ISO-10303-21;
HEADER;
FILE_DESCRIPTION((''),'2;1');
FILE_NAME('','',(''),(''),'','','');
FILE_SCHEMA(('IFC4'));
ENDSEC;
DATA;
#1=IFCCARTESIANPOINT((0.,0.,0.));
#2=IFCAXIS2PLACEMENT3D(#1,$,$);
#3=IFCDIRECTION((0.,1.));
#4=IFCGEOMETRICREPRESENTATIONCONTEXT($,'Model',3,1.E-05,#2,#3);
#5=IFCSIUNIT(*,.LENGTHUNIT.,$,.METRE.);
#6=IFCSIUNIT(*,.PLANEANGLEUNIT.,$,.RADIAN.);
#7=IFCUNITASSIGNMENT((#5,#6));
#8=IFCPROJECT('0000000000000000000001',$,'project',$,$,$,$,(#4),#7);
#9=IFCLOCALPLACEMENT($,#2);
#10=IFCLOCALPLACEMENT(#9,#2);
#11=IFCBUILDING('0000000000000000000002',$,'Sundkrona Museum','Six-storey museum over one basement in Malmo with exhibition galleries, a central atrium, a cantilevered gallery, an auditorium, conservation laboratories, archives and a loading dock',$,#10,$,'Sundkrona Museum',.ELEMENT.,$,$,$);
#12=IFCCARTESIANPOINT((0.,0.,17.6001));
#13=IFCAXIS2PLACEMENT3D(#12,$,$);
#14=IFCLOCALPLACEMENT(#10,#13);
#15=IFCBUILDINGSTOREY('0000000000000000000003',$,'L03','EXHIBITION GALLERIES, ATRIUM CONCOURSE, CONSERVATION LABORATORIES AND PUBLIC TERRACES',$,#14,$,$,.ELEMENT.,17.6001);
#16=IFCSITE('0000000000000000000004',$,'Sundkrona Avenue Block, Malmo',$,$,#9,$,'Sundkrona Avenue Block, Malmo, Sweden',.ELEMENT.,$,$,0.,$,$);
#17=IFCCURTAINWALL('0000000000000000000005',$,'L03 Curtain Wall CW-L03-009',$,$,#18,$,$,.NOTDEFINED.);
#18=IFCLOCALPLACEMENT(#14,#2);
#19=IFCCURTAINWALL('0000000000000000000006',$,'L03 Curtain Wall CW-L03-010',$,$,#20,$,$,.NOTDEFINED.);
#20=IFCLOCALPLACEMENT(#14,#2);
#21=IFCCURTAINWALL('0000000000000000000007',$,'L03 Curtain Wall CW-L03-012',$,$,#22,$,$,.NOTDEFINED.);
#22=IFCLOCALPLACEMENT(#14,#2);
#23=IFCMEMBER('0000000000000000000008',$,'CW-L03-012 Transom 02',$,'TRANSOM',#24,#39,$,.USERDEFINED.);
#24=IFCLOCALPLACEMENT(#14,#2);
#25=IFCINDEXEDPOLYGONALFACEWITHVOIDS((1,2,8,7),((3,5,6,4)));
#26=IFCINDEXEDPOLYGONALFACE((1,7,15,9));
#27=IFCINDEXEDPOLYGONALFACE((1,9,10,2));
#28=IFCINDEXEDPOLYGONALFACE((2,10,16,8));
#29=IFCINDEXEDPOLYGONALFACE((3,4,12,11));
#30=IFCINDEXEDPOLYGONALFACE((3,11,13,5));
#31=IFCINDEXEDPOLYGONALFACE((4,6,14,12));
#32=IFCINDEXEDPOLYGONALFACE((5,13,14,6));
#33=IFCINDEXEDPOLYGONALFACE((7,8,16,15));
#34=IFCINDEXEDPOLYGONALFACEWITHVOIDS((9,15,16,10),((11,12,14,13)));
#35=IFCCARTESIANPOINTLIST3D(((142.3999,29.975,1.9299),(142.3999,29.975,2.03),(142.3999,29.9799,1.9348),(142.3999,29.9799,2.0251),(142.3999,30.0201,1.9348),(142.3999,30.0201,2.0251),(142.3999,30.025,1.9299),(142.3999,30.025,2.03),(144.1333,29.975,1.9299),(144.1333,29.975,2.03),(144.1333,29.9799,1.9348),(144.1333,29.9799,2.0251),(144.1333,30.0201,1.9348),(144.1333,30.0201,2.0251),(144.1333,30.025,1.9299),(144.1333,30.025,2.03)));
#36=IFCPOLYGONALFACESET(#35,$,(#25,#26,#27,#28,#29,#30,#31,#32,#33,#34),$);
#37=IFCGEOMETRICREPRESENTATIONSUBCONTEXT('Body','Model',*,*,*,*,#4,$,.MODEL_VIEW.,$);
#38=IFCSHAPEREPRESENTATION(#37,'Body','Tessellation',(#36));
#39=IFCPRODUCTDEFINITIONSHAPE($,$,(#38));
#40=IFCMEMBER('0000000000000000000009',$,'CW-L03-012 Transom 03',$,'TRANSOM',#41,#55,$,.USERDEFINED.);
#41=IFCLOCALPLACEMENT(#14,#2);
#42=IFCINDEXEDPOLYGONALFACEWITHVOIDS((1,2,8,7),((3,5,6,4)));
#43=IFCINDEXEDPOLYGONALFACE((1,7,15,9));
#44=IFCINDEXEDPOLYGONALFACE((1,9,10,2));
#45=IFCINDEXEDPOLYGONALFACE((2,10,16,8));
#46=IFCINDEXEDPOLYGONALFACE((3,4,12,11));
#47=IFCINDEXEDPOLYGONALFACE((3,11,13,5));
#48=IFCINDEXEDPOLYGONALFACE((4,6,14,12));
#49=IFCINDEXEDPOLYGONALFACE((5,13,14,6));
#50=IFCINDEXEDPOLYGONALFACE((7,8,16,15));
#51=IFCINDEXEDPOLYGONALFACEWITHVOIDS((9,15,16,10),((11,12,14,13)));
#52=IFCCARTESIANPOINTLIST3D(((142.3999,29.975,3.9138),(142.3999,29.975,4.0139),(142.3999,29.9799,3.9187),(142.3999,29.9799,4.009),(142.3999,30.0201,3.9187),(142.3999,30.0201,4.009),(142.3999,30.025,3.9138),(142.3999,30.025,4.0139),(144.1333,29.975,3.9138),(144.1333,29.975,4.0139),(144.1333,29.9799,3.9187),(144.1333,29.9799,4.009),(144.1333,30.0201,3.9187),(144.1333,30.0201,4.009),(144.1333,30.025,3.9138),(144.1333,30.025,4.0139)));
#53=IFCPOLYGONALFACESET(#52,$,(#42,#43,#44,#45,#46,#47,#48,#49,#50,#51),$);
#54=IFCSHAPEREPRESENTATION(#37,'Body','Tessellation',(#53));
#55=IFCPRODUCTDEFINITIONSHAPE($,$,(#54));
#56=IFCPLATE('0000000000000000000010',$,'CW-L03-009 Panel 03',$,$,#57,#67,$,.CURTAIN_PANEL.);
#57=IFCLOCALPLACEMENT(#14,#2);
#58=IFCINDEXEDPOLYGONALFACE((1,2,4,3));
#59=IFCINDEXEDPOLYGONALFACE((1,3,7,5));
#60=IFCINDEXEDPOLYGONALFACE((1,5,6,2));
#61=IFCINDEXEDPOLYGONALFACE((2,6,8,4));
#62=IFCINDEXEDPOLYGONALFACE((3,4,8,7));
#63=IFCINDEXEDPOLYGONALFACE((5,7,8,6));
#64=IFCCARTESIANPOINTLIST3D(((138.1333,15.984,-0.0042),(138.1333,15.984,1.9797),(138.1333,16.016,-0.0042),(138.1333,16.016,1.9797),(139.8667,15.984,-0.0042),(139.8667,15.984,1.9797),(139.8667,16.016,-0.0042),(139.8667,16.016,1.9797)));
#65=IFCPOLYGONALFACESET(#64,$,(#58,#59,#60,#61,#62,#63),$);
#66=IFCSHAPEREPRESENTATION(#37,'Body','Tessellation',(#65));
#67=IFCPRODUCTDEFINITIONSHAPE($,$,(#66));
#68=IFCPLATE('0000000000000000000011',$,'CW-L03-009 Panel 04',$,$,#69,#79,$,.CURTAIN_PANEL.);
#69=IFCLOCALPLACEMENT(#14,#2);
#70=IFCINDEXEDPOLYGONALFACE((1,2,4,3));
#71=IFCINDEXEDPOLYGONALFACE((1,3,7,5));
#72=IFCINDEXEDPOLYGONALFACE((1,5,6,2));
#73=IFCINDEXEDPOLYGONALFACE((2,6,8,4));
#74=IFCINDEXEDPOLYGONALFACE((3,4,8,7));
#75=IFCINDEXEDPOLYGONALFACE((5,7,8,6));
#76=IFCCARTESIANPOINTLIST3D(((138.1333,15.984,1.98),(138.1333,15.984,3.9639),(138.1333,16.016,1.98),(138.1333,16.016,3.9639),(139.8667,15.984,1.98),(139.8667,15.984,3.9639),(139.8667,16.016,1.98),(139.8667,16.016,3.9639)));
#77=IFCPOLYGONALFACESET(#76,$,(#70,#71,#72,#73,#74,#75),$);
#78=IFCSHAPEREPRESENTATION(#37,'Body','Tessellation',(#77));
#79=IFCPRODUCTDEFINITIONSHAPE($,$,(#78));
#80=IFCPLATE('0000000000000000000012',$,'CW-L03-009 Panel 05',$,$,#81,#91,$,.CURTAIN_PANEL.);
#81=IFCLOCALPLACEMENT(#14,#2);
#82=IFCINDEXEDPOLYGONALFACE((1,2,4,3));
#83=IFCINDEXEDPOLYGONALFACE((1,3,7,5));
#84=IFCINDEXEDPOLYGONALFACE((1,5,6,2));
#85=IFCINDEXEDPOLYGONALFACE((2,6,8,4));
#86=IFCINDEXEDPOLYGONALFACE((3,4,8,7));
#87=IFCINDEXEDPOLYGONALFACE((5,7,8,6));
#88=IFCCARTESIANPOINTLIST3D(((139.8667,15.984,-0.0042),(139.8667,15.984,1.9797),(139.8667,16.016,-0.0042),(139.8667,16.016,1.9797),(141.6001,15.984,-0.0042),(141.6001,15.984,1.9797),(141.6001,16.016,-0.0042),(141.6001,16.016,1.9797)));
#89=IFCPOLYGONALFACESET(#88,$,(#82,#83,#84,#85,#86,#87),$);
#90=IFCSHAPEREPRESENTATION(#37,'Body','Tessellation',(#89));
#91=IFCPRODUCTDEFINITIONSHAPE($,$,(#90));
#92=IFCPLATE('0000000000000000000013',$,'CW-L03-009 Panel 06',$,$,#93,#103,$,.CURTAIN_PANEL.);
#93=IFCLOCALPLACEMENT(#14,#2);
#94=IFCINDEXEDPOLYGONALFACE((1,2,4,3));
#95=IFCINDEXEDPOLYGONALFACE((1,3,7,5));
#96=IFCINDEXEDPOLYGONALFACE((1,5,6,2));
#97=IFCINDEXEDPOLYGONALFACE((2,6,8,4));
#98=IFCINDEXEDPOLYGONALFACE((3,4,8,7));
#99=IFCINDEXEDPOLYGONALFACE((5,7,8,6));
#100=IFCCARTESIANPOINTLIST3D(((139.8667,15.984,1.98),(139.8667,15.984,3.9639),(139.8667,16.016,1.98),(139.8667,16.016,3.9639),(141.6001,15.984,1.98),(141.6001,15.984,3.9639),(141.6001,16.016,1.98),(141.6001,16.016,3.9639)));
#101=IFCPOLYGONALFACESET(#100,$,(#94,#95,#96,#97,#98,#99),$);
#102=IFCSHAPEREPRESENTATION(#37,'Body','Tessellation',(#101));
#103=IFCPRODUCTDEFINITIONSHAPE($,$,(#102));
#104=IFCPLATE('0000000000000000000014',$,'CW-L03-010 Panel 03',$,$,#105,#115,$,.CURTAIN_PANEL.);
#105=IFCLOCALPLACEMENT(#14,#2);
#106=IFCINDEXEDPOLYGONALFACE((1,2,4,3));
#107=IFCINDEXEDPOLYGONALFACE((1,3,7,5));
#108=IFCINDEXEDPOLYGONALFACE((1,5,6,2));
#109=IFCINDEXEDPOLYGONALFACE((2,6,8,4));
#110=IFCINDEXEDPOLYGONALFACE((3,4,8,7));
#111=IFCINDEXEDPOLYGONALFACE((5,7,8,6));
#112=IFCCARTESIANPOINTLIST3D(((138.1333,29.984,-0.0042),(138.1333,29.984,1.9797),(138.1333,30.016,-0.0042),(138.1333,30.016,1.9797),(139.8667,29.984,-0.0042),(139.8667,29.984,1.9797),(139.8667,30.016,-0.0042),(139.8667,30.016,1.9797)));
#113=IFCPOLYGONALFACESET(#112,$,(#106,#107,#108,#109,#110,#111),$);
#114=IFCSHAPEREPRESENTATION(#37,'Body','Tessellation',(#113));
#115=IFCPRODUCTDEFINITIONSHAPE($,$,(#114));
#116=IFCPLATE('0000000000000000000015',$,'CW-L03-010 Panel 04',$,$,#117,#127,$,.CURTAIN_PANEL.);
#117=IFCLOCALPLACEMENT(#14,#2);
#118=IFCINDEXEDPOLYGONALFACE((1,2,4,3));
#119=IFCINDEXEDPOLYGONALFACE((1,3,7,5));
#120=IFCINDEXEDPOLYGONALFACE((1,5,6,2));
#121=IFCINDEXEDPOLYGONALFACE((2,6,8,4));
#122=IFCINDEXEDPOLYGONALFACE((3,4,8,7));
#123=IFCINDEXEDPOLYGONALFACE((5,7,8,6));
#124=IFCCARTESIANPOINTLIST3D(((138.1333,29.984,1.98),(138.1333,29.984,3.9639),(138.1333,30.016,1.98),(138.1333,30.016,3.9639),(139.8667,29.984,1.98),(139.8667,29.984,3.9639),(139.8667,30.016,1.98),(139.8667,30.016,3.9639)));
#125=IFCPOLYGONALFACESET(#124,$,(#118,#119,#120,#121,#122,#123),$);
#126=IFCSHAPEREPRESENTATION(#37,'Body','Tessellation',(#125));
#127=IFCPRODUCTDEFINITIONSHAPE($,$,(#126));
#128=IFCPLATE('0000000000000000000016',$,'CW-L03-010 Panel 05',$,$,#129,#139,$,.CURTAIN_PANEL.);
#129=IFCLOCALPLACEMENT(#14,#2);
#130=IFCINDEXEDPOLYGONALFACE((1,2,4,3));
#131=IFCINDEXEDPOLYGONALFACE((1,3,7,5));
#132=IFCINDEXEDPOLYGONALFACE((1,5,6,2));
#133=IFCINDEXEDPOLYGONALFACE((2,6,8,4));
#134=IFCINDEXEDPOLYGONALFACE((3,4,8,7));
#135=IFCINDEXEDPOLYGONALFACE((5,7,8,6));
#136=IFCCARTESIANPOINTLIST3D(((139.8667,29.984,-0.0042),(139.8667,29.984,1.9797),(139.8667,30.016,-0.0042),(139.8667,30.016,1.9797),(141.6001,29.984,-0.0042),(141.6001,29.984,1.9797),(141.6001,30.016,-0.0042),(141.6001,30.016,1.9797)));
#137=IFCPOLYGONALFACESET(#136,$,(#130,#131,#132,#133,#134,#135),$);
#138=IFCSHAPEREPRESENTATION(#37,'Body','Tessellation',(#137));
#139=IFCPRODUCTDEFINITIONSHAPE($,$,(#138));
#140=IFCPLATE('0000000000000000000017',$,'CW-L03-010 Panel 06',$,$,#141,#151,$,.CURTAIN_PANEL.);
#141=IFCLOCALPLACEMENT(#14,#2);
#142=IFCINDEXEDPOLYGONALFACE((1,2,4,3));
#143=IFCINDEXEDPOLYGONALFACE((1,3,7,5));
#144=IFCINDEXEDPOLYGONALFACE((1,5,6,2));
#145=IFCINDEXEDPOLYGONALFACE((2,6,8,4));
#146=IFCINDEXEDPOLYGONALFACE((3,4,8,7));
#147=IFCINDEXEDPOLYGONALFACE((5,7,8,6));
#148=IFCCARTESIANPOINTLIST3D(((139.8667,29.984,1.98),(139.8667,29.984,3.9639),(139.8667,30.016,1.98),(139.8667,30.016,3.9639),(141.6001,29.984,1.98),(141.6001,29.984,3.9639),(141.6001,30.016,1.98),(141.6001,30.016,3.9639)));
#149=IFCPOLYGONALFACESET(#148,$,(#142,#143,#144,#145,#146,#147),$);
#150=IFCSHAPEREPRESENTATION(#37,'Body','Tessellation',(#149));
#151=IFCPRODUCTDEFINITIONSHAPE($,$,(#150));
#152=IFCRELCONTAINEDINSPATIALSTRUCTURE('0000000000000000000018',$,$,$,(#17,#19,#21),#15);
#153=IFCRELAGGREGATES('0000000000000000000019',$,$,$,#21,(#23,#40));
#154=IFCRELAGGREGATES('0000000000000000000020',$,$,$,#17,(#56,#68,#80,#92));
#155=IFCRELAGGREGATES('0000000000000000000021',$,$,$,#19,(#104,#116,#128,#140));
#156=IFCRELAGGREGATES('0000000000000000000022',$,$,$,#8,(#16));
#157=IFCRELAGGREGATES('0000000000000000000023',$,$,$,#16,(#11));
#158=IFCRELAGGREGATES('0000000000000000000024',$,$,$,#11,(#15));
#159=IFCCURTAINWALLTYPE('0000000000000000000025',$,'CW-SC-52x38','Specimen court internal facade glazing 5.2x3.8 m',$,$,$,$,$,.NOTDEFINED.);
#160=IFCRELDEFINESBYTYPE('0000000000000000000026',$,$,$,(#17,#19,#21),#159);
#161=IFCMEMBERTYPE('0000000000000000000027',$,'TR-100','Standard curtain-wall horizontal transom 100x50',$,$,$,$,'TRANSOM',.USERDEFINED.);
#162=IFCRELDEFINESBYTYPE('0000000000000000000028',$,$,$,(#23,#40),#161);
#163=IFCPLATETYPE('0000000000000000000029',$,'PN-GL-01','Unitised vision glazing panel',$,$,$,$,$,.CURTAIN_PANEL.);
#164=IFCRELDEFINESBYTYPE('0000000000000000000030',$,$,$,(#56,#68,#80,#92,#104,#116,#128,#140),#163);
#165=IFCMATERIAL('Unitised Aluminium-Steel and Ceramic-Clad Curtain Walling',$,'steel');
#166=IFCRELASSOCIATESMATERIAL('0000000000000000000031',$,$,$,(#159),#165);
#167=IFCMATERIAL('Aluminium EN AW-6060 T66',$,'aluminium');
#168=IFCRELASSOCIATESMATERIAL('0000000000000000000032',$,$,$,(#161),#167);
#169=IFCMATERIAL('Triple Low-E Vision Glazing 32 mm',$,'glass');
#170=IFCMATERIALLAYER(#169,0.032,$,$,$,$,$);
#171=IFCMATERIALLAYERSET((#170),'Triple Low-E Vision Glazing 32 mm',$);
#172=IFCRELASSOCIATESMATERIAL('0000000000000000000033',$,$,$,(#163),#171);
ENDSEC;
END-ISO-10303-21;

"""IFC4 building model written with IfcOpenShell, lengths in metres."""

from ifc_helpers import new_model, si_unit, direction, frame, origin, origin_2d, place, context, subcontext, project, spatial, rectangle, hollow_rectangle, extrude, material, layer, layer_set, material_profile, profile_set, type_object, element, aggregate, save


model = new_model("IFC4")

# Units and contexts
model_context = context("Model", 3, precision=1e-05, world=origin(), true_north=direction((0.0, 1.0)))
body_context = subcontext(model_context, "Body", "Model", "MODEL_VIEW")
ifc_project = project(units=[si_unit("LENGTHUNIT", "METRE"), si_unit("PLANEANGLEUNIT", "RADIAN")], contexts=[model_context])

# Site, building, storey
site_placement = place(None, origin())
site = spatial("IfcSite", under=ifc_project, at=site_placement, Name="Sundkrona Avenue Block, Malmo", LongName="Sundkrona Avenue Block, Malmo, Sweden", CompositionType="ELEMENT", RefElevation=0.0)
building_placement = place(site_placement, origin())
building = spatial("IfcBuilding", under=site, at=building_placement, Name="Sundkrona Museum", Description="Six-storey museum over one basement in Malmo with exhibition galleries, a central atrium, a cantilevered gallery, an auditorium, conservation laboratories, archives and a loading dock", LongName="Sundkrona Museum", CompositionType="ELEMENT")
storey_placement = place(building_placement, frame((0.0, 0.0, 17.6001)))
storey = spatial("IfcBuildingStorey", under=building, at=storey_placement, Name="L03", Description="EXHIBITION GALLERIES, ATRIUM CONCOURSE, CONSERVATION LABORATORIES AND PUBLIC TERRACES", CompositionType="ELEMENT", Elevation=17.6001)

# Curtain walls
ifc_material_1 = material(Name="Unitised Aluminium-Steel and Ceramic-Clad Curtain Walling", Category="steel")
curtain_wall_type = type_object("IfcCurtainWallType", Name="CW-SC-52x38", Description="Specimen court internal facade glazing 5.2x3.8 m", PredefinedType="NOTDEFINED", material=ifc_material_1)
curtain_wall_1_placement = place(storey_placement, origin())
curtain_wall_1 = element("IfcCurtainWall", 1, at=curtain_wall_1_placement, inside=storey, type_object=curtain_wall_type, Name="L03 Curtain Wall CW-L03-009", PredefinedType="NOTDEFINED")
ifc_material_2 = material(Name="Aluminium EN AW-6060 T66", Category="aluminium")
curtain_wall_2_placement = place(storey_placement, origin())
curtain_wall_2 = element("IfcCurtainWall", 2, at=curtain_wall_2_placement, inside=storey, type_object=curtain_wall_type, Name="L03 Curtain Wall CW-L03-010", PredefinedType="NOTDEFINED")

# Curtain wall
curtain_wall_3_placement = place(storey_placement, origin())
curtain_wall_3 = element("IfcCurtainWall", 3, at=curtain_wall_3_placement, inside=storey, type_object=curtain_wall_type, Name="L03 Curtain Wall CW-L03-012", PredefinedType="NOTDEFINED")

# Members
ifc_material_profile_1 = material_profile(ifc_material_2, hollow_rectangle(XDim=0.05, YDim=0.1001, WallThickness=0.0049, at=origin_2d()), Name="RHS 100x50x5.0")
ifc_profile_set_1 = profile_set([ifc_material_profile_1], Name="Aluminium EN AW-6060 T66")
member_type_1 = type_object("IfcMemberType", Name="TR-100", Description="Standard curtain-wall horizontal transom 100x50", ElementType="TRANSOM", PredefinedType="USERDEFINED", material=ifc_profile_set_1)
member_1_placement = place(storey_placement, frame((142.3999, 30.0, 1.98), z_axis=(1.0, 0.0, 0.0), x_axis=(0.0, 1.0, 0.0)))
member_1 = element("IfcMember", 4, at=member_1_placement, type_object=member_type_1, Name="CW-L03-012 Transom 02", ObjectType="TRANSOM", PredefinedType="USERDEFINED", context=body_context, shape_type="SweptSolid", body=[
    extrude(hollow_rectangle(XDim=0.05, YDim=0.1001, WallThickness=0.0049, at=origin_2d()), origin(), (0.0, 0.0, 1.0), 1.7334),
])
member_2_placement = place(storey_placement, frame((142.3999, 30.0, 3.9639), z_axis=(1.0, 0.0, 0.0), x_axis=(0.0, 1.0, 0.0)))
member_2 = element("IfcMember", 5, at=member_2_placement, type_object=member_type_1, Name="CW-L03-012 Transom 03", ObjectType="TRANSOM", PredefinedType="USERDEFINED", context=body_context, shape_type="SweptSolid", body=[
    extrude(hollow_rectangle(XDim=0.05, YDim=0.1001, WallThickness=0.0049, at=origin_2d()), origin(), (0.0, 0.0, 1.0), 1.7334),
])
aggregate(curtain_wall_3, [member_1, member_2])

# Plates
ifc_material_3 = material(Name="Triple Low-E Vision Glazing 32 mm", Category="glass")
ifc_layer = layer(ifc_material_3, 0.032)
ifc_layer_set = layer_set([ifc_layer], Name="Triple Low-E Vision Glazing 32 mm")
plate_type = type_object("IfcPlateType", Name="PN-GL-01", Description="Unitised vision glazing panel", PredefinedType="CURTAIN_PANEL", material=ifc_layer_set)
plate_1_placement = place(storey_placement, frame((139.0, 16.0, -0.0042), z_axis=(0.0, 0.0, 1.0), x_axis=(1.0, 0.0, 0.0)))
plate_1 = element("IfcPlate", 6, at=plate_1_placement, type_object=plate_type, Name="CW-L03-009 Panel 03", PredefinedType="CURTAIN_PANEL", context=body_context, shape_type="SweptSolid", body=[
    extrude(rectangle(XDim=1.7334, YDim=0.032, at=origin_2d()), origin(), (0.0, 0.0, 1.0), 1.9839),
])
plate_2_placement = place(storey_placement, frame((139.0, 16.0, 1.98), z_axis=(0.0, 0.0, 1.0), x_axis=(1.0, 0.0, 0.0)))
plate_2 = element("IfcPlate", 7, at=plate_2_placement, type_object=plate_type, Name="CW-L03-009 Panel 04", PredefinedType="CURTAIN_PANEL", context=body_context, shape_type="SweptSolid", body=[
    extrude(rectangle(XDim=1.7334, YDim=0.032, at=origin_2d()), origin(), (0.0, 0.0, 1.0), 1.9839),
])
plate_3_placement = place(storey_placement, frame((140.7334, 16.0, -0.0042), z_axis=(0.0, 0.0, 1.0), x_axis=(1.0, 0.0, 0.0)))
plate_3 = element("IfcPlate", 8, at=plate_3_placement, type_object=plate_type, Name="CW-L03-009 Panel 05", PredefinedType="CURTAIN_PANEL", context=body_context, shape_type="SweptSolid", body=[
    extrude(rectangle(XDim=1.7334, YDim=0.032, at=origin_2d()), origin(), (0.0, 0.0, 1.0), 1.9839),
])
plate_4_placement = place(storey_placement, frame((140.7334, 16.0, 1.98), z_axis=(0.0, 0.0, 1.0), x_axis=(1.0, 0.0, 0.0)))
plate_4 = element("IfcPlate", 9, at=plate_4_placement, type_object=plate_type, Name="CW-L03-009 Panel 06", PredefinedType="CURTAIN_PANEL", context=body_context, shape_type="SweptSolid", body=[
    extrude(rectangle(XDim=1.7334, YDim=0.032, at=origin_2d()), origin(), (0.0, 0.0, 1.0), 1.9839),
])
aggregate(curtain_wall_1, [plate_1, plate_2, plate_3, plate_4])
plate_5_placement = place(storey_placement, frame((139.0, 30.0, -0.0042), z_axis=(0.0, 0.0, 1.0), x_axis=(1.0, 0.0, 0.0)))
plate_5 = element("IfcPlate", 10, at=plate_5_placement, type_object=plate_type, Name="CW-L03-010 Panel 03", PredefinedType="CURTAIN_PANEL", context=body_context, shape_type="SweptSolid", body=[
    extrude(rectangle(XDim=1.7334, YDim=0.032, at=origin_2d()), origin(), (0.0, 0.0, 1.0), 1.9839),
])
plate_6_placement = place(storey_placement, frame((139.0, 30.0, 1.98), z_axis=(0.0, 0.0, 1.0), x_axis=(1.0, 0.0, 0.0)))
plate_6 = element("IfcPlate", 11, at=plate_6_placement, type_object=plate_type, Name="CW-L03-010 Panel 04", PredefinedType="CURTAIN_PANEL", context=body_context, shape_type="SweptSolid", body=[
    extrude(rectangle(XDim=1.7334, YDim=0.032, at=origin_2d()), origin(), (0.0, 0.0, 1.0), 1.9839),
])
plate_7_placement = place(storey_placement, frame((140.7334, 30.0, -0.0042), z_axis=(0.0, 0.0, 1.0), x_axis=(1.0, 0.0, 0.0)))
plate_7 = element("IfcPlate", 12, at=plate_7_placement, type_object=plate_type, Name="CW-L03-010 Panel 05", PredefinedType="CURTAIN_PANEL", context=body_context, shape_type="SweptSolid", body=[
    extrude(rectangle(XDim=1.7334, YDim=0.032, at=origin_2d()), origin(), (0.0, 0.0, 1.0), 1.9839),
])
plate_8_placement = place(storey_placement, frame((140.7334, 30.0, 1.98), z_axis=(0.0, 0.0, 1.0), x_axis=(1.0, 0.0, 0.0)))
plate_8 = element("IfcPlate", 13, at=plate_8_placement, type_object=plate_type, Name="CW-L03-010 Panel 06", PredefinedType="CURTAIN_PANEL", context=body_context, shape_type="SweptSolid", body=[
    extrude(rectangle(XDim=1.7334, YDim=0.032, at=origin_2d()), origin(), (0.0, 0.0, 1.0), 1.9839),
])
aggregate(curtain_wall_2, [plate_5, plate_6, plate_7, plate_8])

save(model, "model.ifc")
